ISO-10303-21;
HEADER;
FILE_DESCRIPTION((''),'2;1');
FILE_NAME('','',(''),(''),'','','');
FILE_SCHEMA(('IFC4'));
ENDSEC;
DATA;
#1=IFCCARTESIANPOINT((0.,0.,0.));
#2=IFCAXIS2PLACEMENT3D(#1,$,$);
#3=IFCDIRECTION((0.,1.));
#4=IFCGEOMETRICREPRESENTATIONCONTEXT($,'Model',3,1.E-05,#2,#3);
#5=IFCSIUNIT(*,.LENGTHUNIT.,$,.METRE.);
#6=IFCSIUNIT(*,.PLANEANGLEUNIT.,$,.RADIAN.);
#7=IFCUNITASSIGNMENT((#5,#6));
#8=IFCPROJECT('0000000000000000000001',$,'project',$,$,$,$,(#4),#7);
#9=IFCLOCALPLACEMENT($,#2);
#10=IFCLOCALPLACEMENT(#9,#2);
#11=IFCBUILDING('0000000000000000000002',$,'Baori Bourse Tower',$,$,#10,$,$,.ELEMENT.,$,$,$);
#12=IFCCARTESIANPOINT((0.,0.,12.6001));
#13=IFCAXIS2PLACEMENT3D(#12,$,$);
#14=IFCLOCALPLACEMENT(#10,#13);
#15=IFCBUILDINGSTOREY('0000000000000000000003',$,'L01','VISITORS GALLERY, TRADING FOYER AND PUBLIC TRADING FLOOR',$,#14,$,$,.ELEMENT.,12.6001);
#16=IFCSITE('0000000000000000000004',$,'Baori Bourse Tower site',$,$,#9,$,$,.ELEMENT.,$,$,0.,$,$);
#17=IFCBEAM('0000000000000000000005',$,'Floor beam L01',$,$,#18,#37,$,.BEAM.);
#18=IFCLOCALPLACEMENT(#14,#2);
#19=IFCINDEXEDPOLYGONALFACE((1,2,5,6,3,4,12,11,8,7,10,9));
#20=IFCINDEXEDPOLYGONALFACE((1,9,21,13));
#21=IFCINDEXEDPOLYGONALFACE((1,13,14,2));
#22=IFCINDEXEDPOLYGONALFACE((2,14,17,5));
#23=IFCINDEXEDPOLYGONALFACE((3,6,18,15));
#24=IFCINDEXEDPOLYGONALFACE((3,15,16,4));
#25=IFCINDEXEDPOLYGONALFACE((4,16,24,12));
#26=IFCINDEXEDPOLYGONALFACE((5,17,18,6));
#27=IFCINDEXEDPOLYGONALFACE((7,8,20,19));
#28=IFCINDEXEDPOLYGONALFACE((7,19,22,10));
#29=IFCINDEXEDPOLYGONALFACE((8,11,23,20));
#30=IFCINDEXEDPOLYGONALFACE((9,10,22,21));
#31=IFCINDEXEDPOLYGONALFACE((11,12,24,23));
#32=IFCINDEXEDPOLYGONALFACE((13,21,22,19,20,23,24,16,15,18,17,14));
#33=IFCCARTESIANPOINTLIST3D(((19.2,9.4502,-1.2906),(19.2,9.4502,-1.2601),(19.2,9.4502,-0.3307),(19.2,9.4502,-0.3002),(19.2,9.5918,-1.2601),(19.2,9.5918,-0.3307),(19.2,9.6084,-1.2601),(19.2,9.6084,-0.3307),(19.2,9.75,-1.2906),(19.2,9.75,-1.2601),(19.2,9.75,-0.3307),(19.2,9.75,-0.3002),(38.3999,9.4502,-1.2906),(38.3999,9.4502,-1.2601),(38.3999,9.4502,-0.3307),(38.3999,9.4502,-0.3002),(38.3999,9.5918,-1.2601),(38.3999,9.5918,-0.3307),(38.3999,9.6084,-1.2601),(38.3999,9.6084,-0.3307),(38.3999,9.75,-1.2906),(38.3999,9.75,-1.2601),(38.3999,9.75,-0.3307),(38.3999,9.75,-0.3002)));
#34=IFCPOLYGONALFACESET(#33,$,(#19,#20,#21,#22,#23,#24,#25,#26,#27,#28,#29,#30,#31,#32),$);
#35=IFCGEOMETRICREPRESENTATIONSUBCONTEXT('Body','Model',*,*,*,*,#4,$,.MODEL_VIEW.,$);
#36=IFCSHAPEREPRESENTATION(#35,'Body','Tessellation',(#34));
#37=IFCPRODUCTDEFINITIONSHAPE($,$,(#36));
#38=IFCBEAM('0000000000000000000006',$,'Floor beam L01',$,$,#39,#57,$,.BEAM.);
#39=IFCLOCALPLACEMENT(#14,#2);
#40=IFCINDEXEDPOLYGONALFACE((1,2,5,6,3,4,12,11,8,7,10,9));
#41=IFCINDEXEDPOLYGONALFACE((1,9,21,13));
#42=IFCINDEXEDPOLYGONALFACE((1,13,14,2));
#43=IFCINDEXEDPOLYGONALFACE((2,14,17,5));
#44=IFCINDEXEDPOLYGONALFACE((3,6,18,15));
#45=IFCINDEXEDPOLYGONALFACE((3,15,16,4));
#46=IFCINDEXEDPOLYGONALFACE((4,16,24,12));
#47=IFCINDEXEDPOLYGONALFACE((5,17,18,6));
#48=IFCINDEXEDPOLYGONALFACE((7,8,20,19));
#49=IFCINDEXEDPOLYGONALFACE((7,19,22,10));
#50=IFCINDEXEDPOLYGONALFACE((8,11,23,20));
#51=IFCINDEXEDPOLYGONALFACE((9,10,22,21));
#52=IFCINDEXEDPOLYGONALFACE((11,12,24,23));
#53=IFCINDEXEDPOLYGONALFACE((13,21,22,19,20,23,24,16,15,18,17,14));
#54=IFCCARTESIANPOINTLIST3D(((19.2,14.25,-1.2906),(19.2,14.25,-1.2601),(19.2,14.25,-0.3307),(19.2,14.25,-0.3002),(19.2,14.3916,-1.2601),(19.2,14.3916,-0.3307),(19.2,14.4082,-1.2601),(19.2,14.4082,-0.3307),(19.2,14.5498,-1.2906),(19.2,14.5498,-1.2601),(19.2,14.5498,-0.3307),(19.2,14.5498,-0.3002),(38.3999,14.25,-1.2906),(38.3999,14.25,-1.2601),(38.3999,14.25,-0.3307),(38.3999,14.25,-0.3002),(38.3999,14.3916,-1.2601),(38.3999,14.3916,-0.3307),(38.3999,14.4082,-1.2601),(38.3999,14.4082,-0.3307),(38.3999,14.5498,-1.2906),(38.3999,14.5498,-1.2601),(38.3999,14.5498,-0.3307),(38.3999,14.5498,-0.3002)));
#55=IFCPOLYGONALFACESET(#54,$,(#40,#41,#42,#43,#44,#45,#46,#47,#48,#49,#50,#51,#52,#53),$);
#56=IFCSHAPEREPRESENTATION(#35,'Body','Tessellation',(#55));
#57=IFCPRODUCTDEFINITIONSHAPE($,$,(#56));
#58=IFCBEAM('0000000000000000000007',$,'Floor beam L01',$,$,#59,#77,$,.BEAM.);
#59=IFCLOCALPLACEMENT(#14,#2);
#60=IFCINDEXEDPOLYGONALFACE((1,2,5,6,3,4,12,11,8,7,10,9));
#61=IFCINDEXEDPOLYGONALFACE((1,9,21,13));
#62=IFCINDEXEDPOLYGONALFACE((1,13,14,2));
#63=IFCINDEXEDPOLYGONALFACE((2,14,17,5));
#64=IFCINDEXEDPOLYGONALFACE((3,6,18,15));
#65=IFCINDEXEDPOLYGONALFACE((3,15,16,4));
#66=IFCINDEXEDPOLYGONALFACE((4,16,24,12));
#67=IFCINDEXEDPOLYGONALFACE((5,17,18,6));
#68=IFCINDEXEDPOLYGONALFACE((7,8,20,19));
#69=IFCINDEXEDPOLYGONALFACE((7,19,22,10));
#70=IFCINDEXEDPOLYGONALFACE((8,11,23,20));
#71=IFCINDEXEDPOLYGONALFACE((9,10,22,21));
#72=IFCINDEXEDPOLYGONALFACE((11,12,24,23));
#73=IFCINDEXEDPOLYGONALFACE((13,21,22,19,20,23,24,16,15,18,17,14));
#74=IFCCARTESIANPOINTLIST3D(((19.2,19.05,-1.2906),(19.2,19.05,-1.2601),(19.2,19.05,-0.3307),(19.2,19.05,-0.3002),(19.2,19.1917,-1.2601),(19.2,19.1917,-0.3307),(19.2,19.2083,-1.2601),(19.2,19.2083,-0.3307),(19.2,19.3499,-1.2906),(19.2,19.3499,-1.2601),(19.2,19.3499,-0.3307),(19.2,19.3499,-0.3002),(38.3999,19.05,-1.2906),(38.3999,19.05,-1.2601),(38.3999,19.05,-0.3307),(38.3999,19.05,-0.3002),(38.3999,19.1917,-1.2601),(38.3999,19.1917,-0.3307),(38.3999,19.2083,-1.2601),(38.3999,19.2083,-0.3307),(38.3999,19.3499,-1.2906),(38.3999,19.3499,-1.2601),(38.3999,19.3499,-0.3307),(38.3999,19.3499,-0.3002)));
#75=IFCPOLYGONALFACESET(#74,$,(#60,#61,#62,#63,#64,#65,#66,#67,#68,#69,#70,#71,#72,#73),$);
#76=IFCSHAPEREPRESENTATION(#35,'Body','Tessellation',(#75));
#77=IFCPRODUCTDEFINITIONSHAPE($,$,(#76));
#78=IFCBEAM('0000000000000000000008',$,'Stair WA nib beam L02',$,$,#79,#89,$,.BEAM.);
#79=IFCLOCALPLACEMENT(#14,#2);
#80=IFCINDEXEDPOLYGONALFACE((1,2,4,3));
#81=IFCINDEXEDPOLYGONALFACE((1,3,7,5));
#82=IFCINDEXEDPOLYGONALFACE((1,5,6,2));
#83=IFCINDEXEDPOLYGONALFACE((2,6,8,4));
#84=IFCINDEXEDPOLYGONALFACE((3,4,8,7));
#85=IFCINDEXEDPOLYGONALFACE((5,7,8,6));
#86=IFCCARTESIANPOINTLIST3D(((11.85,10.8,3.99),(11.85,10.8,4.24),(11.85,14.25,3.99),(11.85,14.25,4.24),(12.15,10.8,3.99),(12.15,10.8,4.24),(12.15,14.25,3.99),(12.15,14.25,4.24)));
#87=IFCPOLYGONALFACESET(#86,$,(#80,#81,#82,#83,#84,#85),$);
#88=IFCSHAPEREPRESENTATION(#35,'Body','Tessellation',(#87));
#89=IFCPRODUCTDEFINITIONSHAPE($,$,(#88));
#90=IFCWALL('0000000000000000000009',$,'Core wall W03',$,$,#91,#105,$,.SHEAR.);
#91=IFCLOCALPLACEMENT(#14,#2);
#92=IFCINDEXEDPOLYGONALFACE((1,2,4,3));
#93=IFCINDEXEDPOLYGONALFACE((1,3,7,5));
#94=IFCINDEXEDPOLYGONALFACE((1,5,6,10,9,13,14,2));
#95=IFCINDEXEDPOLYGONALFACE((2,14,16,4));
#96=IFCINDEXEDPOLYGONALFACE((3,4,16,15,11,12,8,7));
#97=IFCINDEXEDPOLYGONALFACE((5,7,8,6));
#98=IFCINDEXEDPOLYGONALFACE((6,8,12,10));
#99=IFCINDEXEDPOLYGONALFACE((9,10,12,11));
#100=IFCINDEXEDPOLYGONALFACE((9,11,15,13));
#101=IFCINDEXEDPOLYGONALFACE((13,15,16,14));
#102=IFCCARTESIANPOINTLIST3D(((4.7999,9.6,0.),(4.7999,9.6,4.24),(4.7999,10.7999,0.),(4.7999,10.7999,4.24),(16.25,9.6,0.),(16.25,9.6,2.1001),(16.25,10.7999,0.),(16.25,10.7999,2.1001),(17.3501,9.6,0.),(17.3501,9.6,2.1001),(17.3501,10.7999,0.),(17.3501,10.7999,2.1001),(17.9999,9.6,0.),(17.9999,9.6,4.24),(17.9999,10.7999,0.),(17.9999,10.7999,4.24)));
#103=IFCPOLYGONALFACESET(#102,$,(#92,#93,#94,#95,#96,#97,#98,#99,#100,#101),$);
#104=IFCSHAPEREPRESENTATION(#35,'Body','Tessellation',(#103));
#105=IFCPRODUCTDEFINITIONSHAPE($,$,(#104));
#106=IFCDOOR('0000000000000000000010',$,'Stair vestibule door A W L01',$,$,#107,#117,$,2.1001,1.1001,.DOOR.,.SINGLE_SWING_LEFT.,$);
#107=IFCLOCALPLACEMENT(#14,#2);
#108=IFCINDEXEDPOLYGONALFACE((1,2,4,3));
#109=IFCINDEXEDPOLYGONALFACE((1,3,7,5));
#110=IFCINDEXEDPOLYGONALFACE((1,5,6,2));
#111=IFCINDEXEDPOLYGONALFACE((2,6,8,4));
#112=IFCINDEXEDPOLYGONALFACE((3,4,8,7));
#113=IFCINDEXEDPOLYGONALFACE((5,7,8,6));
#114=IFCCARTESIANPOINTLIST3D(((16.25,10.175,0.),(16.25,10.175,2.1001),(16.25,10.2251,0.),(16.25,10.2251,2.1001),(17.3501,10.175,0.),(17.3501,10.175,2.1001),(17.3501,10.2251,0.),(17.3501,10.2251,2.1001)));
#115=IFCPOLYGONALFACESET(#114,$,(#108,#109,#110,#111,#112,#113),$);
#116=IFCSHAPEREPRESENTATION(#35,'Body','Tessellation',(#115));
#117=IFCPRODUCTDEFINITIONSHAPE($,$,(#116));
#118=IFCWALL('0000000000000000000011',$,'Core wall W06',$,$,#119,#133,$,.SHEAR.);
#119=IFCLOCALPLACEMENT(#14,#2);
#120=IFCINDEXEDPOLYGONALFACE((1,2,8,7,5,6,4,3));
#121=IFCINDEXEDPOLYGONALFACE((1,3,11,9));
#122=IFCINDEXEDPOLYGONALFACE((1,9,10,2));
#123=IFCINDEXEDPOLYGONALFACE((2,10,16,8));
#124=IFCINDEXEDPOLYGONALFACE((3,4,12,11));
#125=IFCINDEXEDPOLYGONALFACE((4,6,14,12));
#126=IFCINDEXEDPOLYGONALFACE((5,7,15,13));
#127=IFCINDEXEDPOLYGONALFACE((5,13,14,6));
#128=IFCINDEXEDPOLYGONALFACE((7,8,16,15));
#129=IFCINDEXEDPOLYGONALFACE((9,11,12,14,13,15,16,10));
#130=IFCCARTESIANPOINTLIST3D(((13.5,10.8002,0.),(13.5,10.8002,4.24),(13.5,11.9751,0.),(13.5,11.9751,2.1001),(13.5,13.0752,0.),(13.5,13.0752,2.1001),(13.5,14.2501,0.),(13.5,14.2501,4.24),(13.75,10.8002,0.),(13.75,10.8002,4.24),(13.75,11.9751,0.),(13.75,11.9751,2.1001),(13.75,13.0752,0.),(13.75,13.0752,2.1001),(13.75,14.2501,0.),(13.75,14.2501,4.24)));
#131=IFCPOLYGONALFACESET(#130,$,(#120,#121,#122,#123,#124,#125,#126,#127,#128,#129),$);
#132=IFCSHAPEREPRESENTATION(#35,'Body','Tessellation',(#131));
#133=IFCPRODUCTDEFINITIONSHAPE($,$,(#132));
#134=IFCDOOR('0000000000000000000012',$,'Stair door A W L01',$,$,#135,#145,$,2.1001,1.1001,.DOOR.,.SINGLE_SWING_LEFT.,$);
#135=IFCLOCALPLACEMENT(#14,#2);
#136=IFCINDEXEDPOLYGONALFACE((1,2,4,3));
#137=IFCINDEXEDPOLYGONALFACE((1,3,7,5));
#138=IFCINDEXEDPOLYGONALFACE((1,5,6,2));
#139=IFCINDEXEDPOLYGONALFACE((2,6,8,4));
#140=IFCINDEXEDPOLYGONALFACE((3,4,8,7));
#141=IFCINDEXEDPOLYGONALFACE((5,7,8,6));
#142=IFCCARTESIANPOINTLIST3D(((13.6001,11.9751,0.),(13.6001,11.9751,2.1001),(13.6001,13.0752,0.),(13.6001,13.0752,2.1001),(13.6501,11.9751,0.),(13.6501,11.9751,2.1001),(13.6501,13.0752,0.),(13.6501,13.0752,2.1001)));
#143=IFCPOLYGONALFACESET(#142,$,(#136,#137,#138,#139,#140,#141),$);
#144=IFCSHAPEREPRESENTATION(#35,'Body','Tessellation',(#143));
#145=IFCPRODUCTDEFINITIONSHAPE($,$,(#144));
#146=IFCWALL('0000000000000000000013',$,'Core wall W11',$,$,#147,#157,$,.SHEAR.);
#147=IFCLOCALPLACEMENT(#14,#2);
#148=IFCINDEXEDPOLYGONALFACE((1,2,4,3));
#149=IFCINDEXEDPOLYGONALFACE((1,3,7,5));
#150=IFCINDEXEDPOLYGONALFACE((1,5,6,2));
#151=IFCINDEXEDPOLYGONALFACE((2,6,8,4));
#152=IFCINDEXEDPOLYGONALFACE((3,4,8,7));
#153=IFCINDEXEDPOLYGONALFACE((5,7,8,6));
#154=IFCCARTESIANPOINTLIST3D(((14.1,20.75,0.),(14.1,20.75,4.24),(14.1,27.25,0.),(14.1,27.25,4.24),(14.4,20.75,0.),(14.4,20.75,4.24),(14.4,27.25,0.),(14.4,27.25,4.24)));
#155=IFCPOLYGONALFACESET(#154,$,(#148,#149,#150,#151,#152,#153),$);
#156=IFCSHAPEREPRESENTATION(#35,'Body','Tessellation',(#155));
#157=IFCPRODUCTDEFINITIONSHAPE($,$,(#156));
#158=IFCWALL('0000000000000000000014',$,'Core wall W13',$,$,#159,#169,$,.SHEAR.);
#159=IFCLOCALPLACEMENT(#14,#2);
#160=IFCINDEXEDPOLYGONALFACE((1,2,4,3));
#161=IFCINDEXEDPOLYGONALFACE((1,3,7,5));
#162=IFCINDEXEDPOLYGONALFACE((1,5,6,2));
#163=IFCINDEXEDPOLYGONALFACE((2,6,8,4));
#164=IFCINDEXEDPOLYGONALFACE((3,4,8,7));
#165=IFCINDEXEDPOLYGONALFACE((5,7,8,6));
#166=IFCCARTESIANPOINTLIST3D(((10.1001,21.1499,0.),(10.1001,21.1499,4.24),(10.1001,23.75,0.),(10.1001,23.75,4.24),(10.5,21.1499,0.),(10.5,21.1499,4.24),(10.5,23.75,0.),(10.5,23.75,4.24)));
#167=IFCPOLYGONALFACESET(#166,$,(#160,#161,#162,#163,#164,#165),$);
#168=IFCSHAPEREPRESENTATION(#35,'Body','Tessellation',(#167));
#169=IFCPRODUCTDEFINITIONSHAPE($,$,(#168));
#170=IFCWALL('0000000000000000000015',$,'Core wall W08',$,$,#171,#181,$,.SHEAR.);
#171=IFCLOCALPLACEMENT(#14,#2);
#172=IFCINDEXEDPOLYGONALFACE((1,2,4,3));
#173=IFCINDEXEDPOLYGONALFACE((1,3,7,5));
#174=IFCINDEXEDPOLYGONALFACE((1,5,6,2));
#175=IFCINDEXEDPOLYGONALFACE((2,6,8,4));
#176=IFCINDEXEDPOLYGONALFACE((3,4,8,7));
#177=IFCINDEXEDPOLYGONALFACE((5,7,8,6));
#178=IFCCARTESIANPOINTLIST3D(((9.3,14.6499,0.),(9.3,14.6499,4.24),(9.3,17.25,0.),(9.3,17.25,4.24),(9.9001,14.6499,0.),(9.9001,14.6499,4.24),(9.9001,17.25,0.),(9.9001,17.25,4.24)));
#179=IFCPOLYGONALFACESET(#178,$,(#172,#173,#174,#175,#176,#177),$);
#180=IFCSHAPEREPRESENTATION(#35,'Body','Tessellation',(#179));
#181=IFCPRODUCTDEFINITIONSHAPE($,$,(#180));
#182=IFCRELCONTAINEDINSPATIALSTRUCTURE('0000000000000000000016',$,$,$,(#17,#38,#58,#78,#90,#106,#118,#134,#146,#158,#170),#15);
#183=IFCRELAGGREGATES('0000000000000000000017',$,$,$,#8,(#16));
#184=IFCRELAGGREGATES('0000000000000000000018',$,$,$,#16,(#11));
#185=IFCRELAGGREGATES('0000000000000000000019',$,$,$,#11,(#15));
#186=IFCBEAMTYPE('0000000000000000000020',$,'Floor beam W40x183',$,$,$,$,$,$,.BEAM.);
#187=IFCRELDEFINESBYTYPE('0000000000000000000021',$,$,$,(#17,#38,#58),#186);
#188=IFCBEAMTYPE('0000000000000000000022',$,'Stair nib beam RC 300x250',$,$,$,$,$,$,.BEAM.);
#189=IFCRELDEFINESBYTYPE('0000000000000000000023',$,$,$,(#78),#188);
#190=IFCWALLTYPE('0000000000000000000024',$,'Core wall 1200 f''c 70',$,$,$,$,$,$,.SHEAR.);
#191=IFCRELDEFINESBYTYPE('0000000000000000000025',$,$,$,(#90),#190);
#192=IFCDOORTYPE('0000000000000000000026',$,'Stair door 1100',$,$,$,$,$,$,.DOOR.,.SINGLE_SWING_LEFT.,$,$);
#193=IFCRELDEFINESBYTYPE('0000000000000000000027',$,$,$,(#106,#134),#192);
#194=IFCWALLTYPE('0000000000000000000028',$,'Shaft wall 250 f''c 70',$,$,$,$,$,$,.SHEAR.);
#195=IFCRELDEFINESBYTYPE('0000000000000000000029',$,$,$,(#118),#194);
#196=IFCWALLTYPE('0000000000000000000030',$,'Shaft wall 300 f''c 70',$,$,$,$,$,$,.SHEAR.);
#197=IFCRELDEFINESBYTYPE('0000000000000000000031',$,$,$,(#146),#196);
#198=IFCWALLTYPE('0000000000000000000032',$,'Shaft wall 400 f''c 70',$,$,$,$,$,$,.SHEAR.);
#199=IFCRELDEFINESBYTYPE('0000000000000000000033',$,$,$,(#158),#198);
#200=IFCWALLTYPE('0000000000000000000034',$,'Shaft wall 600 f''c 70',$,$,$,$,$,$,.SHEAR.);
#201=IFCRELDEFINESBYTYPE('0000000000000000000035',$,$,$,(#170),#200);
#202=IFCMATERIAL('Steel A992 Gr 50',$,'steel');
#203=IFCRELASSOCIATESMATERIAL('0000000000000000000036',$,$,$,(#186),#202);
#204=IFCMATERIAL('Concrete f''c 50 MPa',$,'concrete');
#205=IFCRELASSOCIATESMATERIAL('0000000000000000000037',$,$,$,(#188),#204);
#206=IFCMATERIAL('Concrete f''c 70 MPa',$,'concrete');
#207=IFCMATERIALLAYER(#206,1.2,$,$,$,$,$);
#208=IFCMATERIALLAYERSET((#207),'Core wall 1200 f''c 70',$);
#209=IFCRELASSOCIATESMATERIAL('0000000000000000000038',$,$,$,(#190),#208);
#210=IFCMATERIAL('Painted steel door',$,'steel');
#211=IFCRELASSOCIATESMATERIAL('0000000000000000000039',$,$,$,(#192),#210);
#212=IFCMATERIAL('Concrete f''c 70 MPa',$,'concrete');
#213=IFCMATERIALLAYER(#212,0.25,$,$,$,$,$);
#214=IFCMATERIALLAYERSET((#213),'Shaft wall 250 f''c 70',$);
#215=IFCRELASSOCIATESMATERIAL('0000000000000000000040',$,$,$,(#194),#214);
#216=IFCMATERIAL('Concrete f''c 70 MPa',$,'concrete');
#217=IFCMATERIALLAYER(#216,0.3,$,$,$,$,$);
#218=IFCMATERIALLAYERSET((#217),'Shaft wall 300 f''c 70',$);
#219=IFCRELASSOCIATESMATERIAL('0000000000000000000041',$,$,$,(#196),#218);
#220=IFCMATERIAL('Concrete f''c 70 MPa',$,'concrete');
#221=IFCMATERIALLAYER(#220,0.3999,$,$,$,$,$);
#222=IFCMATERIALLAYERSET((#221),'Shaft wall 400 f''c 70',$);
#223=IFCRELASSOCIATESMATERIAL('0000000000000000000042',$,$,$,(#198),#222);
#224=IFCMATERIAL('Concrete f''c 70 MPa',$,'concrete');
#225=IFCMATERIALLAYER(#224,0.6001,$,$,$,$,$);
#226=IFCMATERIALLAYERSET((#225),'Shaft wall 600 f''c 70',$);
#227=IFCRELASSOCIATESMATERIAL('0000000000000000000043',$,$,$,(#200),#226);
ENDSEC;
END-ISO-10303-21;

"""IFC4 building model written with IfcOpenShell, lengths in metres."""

from ifc_helpers import new_model, si_unit, direction, frame, frame_2d, origin, origin_2d, place, context, subcontext, project, spatial, rectangle, i_section, extrude, material, layer, layer_set, material_profile, profile_set, type_object, element, fill, save


model = new_model("IFC4")

# Units and contexts
model_context = context("Model", 3, precision=1e-05, world=origin(), true_north=direction((0.0, 1.0)))
body_context = subcontext(model_context, "Body", "Model", "MODEL_VIEW")
ifc_project = project(units=[si_unit("LENGTHUNIT", "METRE"), si_unit("PLANEANGLEUNIT", "RADIAN")], contexts=[model_context])

# Site, building, storey
site_placement = place(None, origin())
site = spatial("IfcSite", under=ifc_project, at=site_placement, Name="Baori Bourse Tower site", CompositionType="ELEMENT", RefElevation=0.0)
building_placement = place(site_placement, origin())
building = spatial("IfcBuilding", under=site, at=building_placement, Name="Baori Bourse Tower", CompositionType="ELEMENT")
storey_placement = place(building_placement, frame((0.0, 0.0, 12.6001)))
storey = spatial("IfcBuildingStorey", under=building, at=storey_placement, Name="L01", Description="VISITORS GALLERY, TRADING FOYER AND PUBLIC TRADING FLOOR", CompositionType="ELEMENT", Elevation=12.6001)

# Beams
ifc_material_1 = material(Name="Steel A992 Gr 50", Category="steel")
ifc_material_profile_1 = material_profile(ifc_material_1, i_section(OverallWidth=0.2998, OverallDepth=0.9905, WebThickness=0.0166, FlangeThickness=0.0305, at=origin_2d()), Name="W40x183")
ifc_profile_set_1 = profile_set([ifc_material_profile_1], Name="Steel A992 Gr 50")
beam_type_1 = type_object("IfcBeamType", Name="Floor beam W40x183", PredefinedType="BEAM", material=ifc_profile_set_1)
for number, where, z_axis, x_axis, name in (
    (1, (19.2, 9.6001, -0.7954), (1.0, 0.0, 0.0), (0.0, 1.0, 0.0), "Floor beam L01"),
    (2, (19.2, 14.3999, -0.7954), (1.0, 0.0, 0.0), (0.0, 1.0, 0.0), "Floor beam L01"),
    (3, (19.2, 19.2, -0.7954), (1.0, 0.0, 0.0), (0.0, 1.0, 0.0), "Floor beam L01"),
):
    element("IfcBeam", number, at=place(storey_placement, frame(where, z_axis=z_axis, x_axis=x_axis)), inside=storey, type_object=beam_type_1, Name=name, PredefinedType="BEAM", context=body_context, shape_type="SweptSolid", body=[
        extrude(i_section(OverallWidth=0.2998, OverallDepth=0.9905, WebThickness=0.0166, FlangeThickness=0.0305, at=origin_2d()), origin(), (0.0, 0.0, 1.0), 19.2),
    ])
ifc_material_2 = material(Name="Concrete f'c 50 MPa", Category="concrete")
ifc_material_profile_2 = material_profile(ifc_material_2, rectangle(XDim=0.3, YDim=0.25, at=origin_2d()), Name="RC 300x250")
ifc_profile_set_2 = profile_set([ifc_material_profile_2], Name="Concrete f'c 50 MPa")
beam_type_2 = type_object("IfcBeamType", Name="Stair nib beam RC 300x250", PredefinedType="BEAM", material=ifc_profile_set_2)
beam_placement = place(storey_placement, frame((12.0, 10.8, 4.115), z_axis=(0.0, 1.0, 0.0), x_axis=(-1.0, 0.0, 0.0)))
element("IfcBeam", 4, at=beam_placement, inside=storey, type_object=beam_type_2, Name="Stair WA nib beam L02", PredefinedType="BEAM", context=body_context, shape_type="SweptSolid", body=[
    extrude(rectangle(XDim=0.3, YDim=0.25, at=origin_2d()), origin(), (0.0, 0.0, 1.0), 3.45),
])

# Walls, openings, doors
ifc_material_3 = material(Name="Concrete f'c 70 MPa", Category="concrete")
ifc_layer_1 = layer(ifc_material_3, 1.2)
ifc_layer_set_1 = layer_set([ifc_layer_1], Name="Core wall 1200 f'c 70")
wall_type_1 = type_object("IfcWallType", Name="Core wall 1200 f'c 70", PredefinedType="SHEAR", material=ifc_layer_set_1)
wall_1_placement = place(storey_placement, frame((18.0, 10.2, 0.0), z_axis=(0.0, 0.0, 1.0), x_axis=(-1.0, 0.0, 0.0)))
wall_1 = element("IfcWall", 5, at=wall_1_placement, inside=storey, type_object=wall_type_1, Name="Core wall W03", PredefinedType="SHEAR", context=body_context, shape_type="SweptSolid", body=[
    extrude(rectangle(XDim=13.2, YDim=1.2, at=frame_2d((6.6001, 0.0))), origin(), (0.0, 0.0, 1.0), 4.24),
])
opening_1_placement = place(wall_1_placement, frame((0.6499, 0.0, 0.0)))
opening_1 = element("IfcOpeningElement", 6, at=opening_1_placement, cuts=wall_1, PredefinedType="OPENING", context=body_context, shape_type="SweptSolid", body=[
    extrude(rectangle(XDim=1.1001, YDim=2.1001, at=frame_2d((0.55, 1.05))), frame((0.0, 0.6099, 0.0), z_axis=(0.0, -1.0, 0.0), x_axis=(1.0, 0.0, 0.0)), (0.0, 0.0, 1.0), 1.22),
])
ifc_material_4 = material(Name="Painted steel door", Category="steel")
door_type = type_object("IfcDoorType", Name="Stair door 1100", OperationType="SINGLE_SWING_LEFT", PredefinedType="DOOR", material=ifc_material_4)
door_1_placement = place(opening_1_placement, origin())
door_1 = element("IfcDoor", 7, at=door_1_placement, inside=storey, type_object=door_type, Name="Stair vestibule door A W L01", OperationType="SINGLE_SWING_LEFT", OverallHeight=2.1001, OverallWidth=1.1001, PredefinedType="DOOR", context=body_context, shape_type="SweptSolid", body=[
    extrude(rectangle(XDim=1.1001, YDim=2.1001, at=frame_2d((0.55, 1.05))), frame((0.0, 0.0249, 0.0), z_axis=(0.0, -1.0, 0.0), x_axis=(1.0, 0.0, 0.0)), (0.0, 0.0, 1.0), 0.05),
])
fill(opening_1, door_1)
ifc_material_5 = material(Name="Concrete f'c 70 MPa", Category="concrete")
ifc_layer_2 = layer(ifc_material_5, 0.25)
ifc_layer_set_2 = layer_set([ifc_layer_2], Name="Shaft wall 250 f'c 70")
wall_type_2 = type_object("IfcWallType", Name="Shaft wall 250 f'c 70", PredefinedType="SHEAR", material=ifc_layer_set_2)
wall_2_placement = place(storey_placement, frame((13.625, 10.8, 0.0), z_axis=(0.0, 0.0, 1.0), x_axis=(0.0, 1.0, 0.0)))
wall_2 = element("IfcWall", 8, at=wall_2_placement, inside=storey, type_object=wall_type_2, Name="Core wall W06", PredefinedType="SHEAR", context=body_context, shape_type="SweptSolid", body=[
    extrude(rectangle(XDim=3.45, YDim=0.25, at=frame_2d((1.7251, 0.0))), origin(), (0.0, 0.0, 1.0), 4.24),
])
opening_2_placement = place(wall_2_placement, frame((1.175, 0.0, 0.0)))
opening_2 = element("IfcOpeningElement", 9, at=opening_2_placement, cuts=wall_2, PredefinedType="OPENING", context=body_context, shape_type="SweptSolid", body=[
    extrude(rectangle(XDim=1.1001, YDim=2.1001, at=frame_2d((0.55, 1.05))), frame((0.0, 0.135, 0.0), z_axis=(0.0, -1.0, 0.0), x_axis=(1.0, 0.0, 0.0)), (0.0, 0.0, 1.0), 0.27),
])
door_2_placement = place(opening_2_placement, origin())
door_2 = element("IfcDoor", 10, at=door_2_placement, inside=storey, type_object=door_type, Name="Stair door A W L01", OperationType="SINGLE_SWING_LEFT", OverallHeight=2.1001, OverallWidth=1.1001, PredefinedType="DOOR", context=body_context, shape_type="SweptSolid", body=[
    extrude(rectangle(XDim=1.1001, YDim=2.1001, at=frame_2d((0.55, 1.05))), frame((0.0, 0.0249, 0.0), z_axis=(0.0, -1.0, 0.0), x_axis=(1.0, 0.0, 0.0)), (0.0, 0.0, 1.0), 0.05),
])
fill(opening_2, door_2)

# Walls
ifc_material_6 = material(Name="Concrete f'c 70 MPa", Category="concrete")
ifc_layer_3 = layer(ifc_material_6, 0.3)
ifc_layer_set_3 = layer_set([ifc_layer_3], Name="Shaft wall 300 f'c 70")
wall_type_3 = type_object("IfcWallType", Name="Shaft wall 300 f'c 70", PredefinedType="SHEAR", material=ifc_layer_set_3)
wall_3_placement = place(storey_placement, frame((14.25, 20.75, 0.0), z_axis=(0.0, 0.0, 1.0), x_axis=(0.0, 1.0, 0.0)))
element("IfcWall", 11, at=wall_3_placement, inside=storey, type_object=wall_type_3, Name="Core wall W11", PredefinedType="SHEAR", context=body_context, shape_type="SweptSolid", body=[
    extrude(rectangle(XDim=6.5, YDim=0.3, at=frame_2d((3.25, 0.0))), origin(), (0.0, 0.0, 1.0), 4.24),
])
ifc_material_7 = material(Name="Concrete f'c 70 MPa", Category="concrete")
ifc_layer_4 = layer(ifc_material_7, 0.3999)
ifc_layer_set_4 = layer_set([ifc_layer_4], Name="Shaft wall 400 f'c 70")
wall_type_4 = type_object("IfcWallType", Name="Shaft wall 400 f'c 70", PredefinedType="SHEAR", material=ifc_layer_set_4)
wall_4_placement = place(storey_placement, frame((10.3, 21.1499, 0.0), z_axis=(0.0, 0.0, 1.0), x_axis=(0.0, 1.0, 0.0)))
element("IfcWall", 12, at=wall_4_placement, inside=storey, type_object=wall_type_4, Name="Core wall W13", PredefinedType="SHEAR", context=body_context, shape_type="SweptSolid", body=[
    extrude(rectangle(XDim=2.6001, YDim=0.3999, at=frame_2d((1.3, 0.0))), origin(), (0.0, 0.0, 1.0), 4.24),
])
ifc_material_8 = material(Name="Concrete f'c 70 MPa", Category="concrete")
ifc_layer_5 = layer(ifc_material_8, 0.6001)
ifc_layer_set_5 = layer_set([ifc_layer_5], Name="Shaft wall 600 f'c 70")
wall_type_5 = type_object("IfcWallType", Name="Shaft wall 600 f'c 70", PredefinedType="SHEAR", material=ifc_layer_set_5)
wall_5_placement = place(storey_placement, frame((9.6001, 14.6499, 0.0), z_axis=(0.0, 0.0, 1.0), x_axis=(0.0, 1.0, 0.0)))
element("IfcWall", 13, at=wall_5_placement, inside=storey, type_object=wall_type_5, Name="Core wall W08", PredefinedType="SHEAR", context=body_context, shape_type="SweptSolid", body=[
    extrude(rectangle(XDim=2.6001, YDim=0.6001, at=frame_2d((1.3, 0.0))), origin(), (0.0, 0.0, 1.0), 4.24),
])

save(model, "model.ifc")
